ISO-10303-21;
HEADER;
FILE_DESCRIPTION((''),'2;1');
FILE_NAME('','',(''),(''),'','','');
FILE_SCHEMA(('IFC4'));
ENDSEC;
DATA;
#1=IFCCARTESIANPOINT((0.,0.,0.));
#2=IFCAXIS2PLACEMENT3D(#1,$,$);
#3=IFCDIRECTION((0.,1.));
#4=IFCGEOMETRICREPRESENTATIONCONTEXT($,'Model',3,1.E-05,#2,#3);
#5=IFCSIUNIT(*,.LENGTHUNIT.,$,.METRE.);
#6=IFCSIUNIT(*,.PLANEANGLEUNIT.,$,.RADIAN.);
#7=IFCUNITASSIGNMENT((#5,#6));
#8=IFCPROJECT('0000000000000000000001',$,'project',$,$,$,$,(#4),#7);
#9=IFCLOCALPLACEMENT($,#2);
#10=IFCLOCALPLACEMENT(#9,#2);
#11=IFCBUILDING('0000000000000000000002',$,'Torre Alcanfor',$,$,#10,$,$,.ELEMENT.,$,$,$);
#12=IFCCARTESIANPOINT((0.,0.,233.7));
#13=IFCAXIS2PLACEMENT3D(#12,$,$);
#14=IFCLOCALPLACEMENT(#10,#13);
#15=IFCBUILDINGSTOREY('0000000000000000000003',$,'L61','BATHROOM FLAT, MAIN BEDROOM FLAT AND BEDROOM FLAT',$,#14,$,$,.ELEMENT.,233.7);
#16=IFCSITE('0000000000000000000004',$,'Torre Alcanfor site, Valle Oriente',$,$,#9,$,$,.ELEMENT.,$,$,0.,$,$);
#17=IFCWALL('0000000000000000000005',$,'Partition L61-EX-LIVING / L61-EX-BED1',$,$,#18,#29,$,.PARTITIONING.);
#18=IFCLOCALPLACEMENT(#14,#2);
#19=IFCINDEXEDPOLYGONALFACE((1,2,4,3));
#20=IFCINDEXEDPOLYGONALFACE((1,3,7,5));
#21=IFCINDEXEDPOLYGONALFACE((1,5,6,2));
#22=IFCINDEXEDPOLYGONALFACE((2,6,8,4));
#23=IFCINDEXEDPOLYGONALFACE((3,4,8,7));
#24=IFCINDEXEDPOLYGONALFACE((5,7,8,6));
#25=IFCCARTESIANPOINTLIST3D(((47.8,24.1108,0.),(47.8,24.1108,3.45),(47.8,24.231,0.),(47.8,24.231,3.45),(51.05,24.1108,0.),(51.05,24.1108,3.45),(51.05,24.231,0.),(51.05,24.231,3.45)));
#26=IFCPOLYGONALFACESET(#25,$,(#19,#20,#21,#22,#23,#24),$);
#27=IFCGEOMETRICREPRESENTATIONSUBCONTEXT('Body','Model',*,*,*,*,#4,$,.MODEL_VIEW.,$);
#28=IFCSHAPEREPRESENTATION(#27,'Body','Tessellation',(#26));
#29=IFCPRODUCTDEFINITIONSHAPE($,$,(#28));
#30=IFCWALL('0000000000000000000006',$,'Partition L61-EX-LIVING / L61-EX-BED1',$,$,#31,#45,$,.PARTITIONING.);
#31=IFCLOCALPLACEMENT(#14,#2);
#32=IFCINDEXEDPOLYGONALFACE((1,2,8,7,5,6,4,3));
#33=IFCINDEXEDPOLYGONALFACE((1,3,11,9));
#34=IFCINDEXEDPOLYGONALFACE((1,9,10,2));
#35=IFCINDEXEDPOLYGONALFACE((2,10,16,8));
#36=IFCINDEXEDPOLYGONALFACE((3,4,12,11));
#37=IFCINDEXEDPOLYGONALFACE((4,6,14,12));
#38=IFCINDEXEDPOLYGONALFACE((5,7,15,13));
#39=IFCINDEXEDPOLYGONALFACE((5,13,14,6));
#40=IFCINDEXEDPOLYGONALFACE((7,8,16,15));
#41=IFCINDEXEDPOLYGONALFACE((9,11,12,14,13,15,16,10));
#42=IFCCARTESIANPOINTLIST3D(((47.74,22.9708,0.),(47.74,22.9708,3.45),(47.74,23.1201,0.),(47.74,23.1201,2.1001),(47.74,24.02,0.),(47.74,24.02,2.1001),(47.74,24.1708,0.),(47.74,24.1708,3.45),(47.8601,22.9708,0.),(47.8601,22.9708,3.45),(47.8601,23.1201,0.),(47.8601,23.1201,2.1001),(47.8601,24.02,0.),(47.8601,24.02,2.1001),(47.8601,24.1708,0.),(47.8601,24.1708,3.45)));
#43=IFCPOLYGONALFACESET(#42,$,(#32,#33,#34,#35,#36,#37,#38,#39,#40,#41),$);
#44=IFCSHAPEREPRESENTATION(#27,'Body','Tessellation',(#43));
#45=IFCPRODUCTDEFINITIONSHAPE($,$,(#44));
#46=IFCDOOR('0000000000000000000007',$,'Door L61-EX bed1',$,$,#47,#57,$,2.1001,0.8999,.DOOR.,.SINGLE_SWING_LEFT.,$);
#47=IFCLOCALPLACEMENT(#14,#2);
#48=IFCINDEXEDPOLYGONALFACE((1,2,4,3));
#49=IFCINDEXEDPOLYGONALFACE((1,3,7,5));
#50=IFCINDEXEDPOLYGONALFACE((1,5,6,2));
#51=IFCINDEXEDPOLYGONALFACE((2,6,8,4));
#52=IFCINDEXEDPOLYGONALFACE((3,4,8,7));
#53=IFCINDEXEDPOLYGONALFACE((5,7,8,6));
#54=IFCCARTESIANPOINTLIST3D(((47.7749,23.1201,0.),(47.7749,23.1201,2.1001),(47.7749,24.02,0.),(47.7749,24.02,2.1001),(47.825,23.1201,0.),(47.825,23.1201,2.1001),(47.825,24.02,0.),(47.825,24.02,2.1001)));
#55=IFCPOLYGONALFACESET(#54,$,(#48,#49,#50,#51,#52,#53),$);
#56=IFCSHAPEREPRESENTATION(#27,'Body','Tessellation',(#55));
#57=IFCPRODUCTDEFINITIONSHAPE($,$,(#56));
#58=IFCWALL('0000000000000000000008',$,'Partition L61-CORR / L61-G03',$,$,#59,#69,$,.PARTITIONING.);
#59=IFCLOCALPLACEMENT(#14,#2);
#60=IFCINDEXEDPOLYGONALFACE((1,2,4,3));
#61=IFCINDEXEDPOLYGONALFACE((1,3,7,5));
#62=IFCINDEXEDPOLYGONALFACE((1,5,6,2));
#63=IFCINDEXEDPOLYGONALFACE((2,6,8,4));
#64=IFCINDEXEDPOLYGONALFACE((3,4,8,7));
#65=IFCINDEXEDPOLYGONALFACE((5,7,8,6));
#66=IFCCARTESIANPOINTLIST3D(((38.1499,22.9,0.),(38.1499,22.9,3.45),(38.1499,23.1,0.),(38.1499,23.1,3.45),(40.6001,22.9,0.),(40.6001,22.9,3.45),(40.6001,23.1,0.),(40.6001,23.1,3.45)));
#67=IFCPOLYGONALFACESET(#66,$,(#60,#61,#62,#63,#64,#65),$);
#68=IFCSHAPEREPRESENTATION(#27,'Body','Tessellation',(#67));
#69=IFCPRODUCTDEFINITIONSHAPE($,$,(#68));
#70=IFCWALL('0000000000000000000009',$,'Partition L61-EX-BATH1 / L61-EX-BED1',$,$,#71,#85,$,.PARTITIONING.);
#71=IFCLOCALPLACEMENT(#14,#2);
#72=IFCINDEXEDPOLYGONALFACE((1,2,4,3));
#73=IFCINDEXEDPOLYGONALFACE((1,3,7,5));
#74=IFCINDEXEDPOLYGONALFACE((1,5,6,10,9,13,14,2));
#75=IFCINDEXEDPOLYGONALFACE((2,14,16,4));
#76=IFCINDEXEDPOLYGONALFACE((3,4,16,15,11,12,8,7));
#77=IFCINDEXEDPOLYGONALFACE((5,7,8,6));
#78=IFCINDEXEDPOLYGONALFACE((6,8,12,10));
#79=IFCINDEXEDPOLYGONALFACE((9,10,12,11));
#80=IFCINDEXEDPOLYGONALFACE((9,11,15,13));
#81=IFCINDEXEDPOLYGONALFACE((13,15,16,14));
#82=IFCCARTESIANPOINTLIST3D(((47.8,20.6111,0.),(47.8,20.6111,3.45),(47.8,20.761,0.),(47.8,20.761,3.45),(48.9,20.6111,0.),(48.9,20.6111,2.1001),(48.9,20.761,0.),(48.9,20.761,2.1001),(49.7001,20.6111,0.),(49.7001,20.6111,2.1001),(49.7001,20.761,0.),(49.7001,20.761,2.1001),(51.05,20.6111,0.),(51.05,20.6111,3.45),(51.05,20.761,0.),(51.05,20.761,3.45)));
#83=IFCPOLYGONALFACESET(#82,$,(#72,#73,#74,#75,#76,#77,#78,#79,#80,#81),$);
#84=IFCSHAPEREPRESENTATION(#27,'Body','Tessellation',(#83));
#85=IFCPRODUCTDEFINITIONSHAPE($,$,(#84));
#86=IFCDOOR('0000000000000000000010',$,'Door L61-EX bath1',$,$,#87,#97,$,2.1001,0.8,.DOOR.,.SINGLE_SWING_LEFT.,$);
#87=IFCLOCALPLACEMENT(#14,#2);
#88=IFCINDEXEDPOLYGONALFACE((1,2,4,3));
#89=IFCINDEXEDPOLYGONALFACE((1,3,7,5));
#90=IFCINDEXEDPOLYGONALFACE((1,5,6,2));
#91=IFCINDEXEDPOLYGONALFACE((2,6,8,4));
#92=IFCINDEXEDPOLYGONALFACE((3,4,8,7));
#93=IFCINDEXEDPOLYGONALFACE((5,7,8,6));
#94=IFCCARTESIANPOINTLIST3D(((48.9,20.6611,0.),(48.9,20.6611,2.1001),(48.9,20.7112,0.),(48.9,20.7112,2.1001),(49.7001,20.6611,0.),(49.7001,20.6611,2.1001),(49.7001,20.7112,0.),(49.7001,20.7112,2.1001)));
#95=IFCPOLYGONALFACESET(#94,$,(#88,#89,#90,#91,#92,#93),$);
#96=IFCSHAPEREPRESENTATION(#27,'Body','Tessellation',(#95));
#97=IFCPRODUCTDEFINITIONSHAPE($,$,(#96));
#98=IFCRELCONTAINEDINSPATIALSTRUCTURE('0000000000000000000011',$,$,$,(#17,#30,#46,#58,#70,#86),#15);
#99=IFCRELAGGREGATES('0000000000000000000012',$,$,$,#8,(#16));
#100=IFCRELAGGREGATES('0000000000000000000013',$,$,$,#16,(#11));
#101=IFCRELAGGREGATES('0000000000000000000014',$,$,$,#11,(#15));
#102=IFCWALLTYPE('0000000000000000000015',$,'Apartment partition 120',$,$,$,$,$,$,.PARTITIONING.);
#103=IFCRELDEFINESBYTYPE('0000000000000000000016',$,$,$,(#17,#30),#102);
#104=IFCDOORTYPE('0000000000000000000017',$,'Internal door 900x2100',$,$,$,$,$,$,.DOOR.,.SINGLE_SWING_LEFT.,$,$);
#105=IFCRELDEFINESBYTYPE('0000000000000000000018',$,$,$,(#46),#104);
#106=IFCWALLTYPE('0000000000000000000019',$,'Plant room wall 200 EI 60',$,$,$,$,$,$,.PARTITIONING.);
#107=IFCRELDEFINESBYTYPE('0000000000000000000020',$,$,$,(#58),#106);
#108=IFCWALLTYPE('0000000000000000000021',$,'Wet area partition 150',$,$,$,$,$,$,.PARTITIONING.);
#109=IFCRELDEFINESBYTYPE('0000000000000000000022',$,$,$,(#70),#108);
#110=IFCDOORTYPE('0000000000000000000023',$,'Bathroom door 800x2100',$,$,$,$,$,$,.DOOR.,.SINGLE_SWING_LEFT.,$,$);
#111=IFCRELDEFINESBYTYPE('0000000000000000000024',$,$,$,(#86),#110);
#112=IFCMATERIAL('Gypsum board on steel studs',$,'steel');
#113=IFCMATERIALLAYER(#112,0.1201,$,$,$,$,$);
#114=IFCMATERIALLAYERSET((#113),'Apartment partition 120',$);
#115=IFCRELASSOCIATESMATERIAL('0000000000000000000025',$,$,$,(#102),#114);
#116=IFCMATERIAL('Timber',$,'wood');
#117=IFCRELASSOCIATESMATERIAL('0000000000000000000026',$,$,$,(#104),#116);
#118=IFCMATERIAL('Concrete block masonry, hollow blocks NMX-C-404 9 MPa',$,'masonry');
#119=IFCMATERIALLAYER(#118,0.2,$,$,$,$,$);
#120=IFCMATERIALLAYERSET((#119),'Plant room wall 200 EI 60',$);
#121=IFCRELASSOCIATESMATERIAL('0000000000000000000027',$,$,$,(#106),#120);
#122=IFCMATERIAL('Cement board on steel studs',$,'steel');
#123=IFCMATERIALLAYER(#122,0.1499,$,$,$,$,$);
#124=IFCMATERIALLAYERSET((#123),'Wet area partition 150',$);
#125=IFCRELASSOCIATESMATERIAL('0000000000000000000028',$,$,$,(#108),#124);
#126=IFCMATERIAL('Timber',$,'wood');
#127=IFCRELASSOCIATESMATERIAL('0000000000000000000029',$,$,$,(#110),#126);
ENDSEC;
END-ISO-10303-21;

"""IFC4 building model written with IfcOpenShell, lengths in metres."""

from ifc_helpers import new_model, si_unit, direction, frame, frame_2d, origin, place, context, subcontext, project, spatial, rectangle, extrude, material, layer, layer_set, type_object, element, fill, save


model = new_model("IFC4")

# Units and contexts
model_context = context("Model", 3, precision=1e-05, world=origin(), true_north=direction((0.0, 1.0)))
body_context = subcontext(model_context, "Body", "Model", "MODEL_VIEW")
ifc_project = project(units=[si_unit("LENGTHUNIT", "METRE"), si_unit("PLANEANGLEUNIT", "RADIAN")], contexts=[model_context])

# Site, building, storey
site_placement = place(None, origin())
site = spatial("IfcSite", under=ifc_project, at=site_placement, Name="Torre Alcanfor site, Valle Oriente", CompositionType="ELEMENT", RefElevation=0.0)
building_placement = place(site_placement, origin())
building = spatial("IfcBuilding", under=site, at=building_placement, Name="Torre Alcanfor", CompositionType="ELEMENT")
storey_placement = place(building_placement, frame((0.0, 0.0, 233.7)))
storey = spatial("IfcBuildingStorey", under=building, at=storey_placement, Name="L61", Description="BATHROOM FLAT, MAIN BEDROOM FLAT AND BEDROOM FLAT", CompositionType="ELEMENT", Elevation=233.7)

# Shared definitions
ifc_material_1 = material(Name="Gypsum board on steel studs", Category="steel")
ifc_layer_1 = layer(ifc_material_1, 0.1201)
ifc_layer_set_1 = layer_set([ifc_layer_1], Name="Apartment partition 120")
wall_type_1 = type_object("IfcWallType", Name="Apartment partition 120", PredefinedType="PARTITIONING", material=ifc_layer_set_1)
ifc_material_2 = material(Name="Timber", Category="wood")
door_type_1 = type_object("IfcDoorType", Name="Internal door 900x2100", OperationType="SINGLE_SWING_LEFT", PredefinedType="DOOR", material=ifc_material_2)

# Wall
wall_1_placement = place(storey_placement, frame((51.05, 24.1709, 0.0), z_axis=(0.0, 0.0, 1.0), x_axis=(-1.0, 0.0, 0.0)))
element("IfcWall", 1, at=wall_1_placement, inside=storey, type_object=wall_type_1, Name="Partition L61-EX-LIVING / L61-EX-BED1", PredefinedType="PARTITIONING", context=body_context, shape_type="SweptSolid", body=[
    extrude(rectangle(XDim=3.25, YDim=0.1201, at=frame_2d((1.625, 0.0))), origin(), (0.0, 0.0, 1.0), 3.45),
])

# Wall, opening, door
wall_2_placement = place(storey_placement, frame((47.8, 24.1709, 0.0), z_axis=(0.0, 0.0, 1.0), x_axis=(0.0, -1.0, 0.0)))
wall_2 = element("IfcWall", 2, at=wall_2_placement, inside=storey, type_object=wall_type_1, Name="Partition L61-EX-LIVING / L61-EX-BED1", PredefinedType="PARTITIONING", context=body_context, shape_type="SweptSolid", body=[
    extrude(rectangle(XDim=1.2, YDim=0.1201, at=frame_2d((0.6001, 0.0))), origin(), (0.0, 0.0, 1.0), 3.45),
])
opening_1_placement = place(wall_2_placement, frame((0.1509, 0.0, 0.0)))
opening_1 = element("IfcOpeningElement", 3, at=opening_1_placement, cuts=wall_2, PredefinedType="OPENING", context=body_context, shape_type="SweptSolid", body=[
    extrude(rectangle(XDim=0.8999, YDim=2.1001, at=frame_2d((0.45, 1.05))), frame((0.0, 0.0701, 0.0), z_axis=(0.0, -1.0, 0.0), x_axis=(1.0, 0.0, 0.0)), (0.0, 0.0, 1.0), 0.1401),
])
door_1_placement = place(opening_1_placement, origin())
door_1 = element("IfcDoor", 4, at=door_1_placement, inside=storey, type_object=door_type_1, Name="Door L61-EX bed1", OperationType="SINGLE_SWING_LEFT", OverallHeight=2.1001, OverallWidth=0.8999, PredefinedType="DOOR", context=body_context, shape_type="SweptSolid", body=[
    extrude(rectangle(XDim=0.8999, YDim=2.1001, at=frame_2d((0.45, 1.05))), frame((0.0, 0.0249, 0.0), z_axis=(0.0, -1.0, 0.0), x_axis=(1.0, 0.0, 0.0)), (0.0, 0.0, 1.0), 0.05),
])
fill(opening_1, door_1)

# Wall
ifc_material_3 = material(Name="Concrete block masonry, hollow blocks NMX-C-404 9 MPa", Category="masonry")
ifc_layer_2 = layer(ifc_material_3, 0.2)
ifc_layer_set_2 = layer_set([ifc_layer_2], Name="Plant room wall 200 EI 60")
wall_type_2 = type_object("IfcWallType", Name="Plant room wall 200 EI 60", PredefinedType="PARTITIONING", material=ifc_layer_set_2)
wall_3_placement = place(storey_placement, frame((40.6001, 23.0, 0.0), z_axis=(0.0, 0.0, 1.0), x_axis=(-1.0, 0.0, 0.0)))
element("IfcWall", 5, at=wall_3_placement, inside=storey, type_object=wall_type_2, Name="Partition L61-CORR / L61-G03", PredefinedType="PARTITIONING", context=body_context, shape_type="SweptSolid", body=[
    extrude(rectangle(XDim=2.4502, YDim=0.2, at=frame_2d((1.2251, 0.0))), origin(), (0.0, 0.0, 1.0), 3.45),
])

# Wall, opening, door
ifc_material_4 = material(Name="Cement board on steel studs", Category="steel")
ifc_layer_3 = layer(ifc_material_4, 0.1499)
ifc_layer_set_3 = layer_set([ifc_layer_3], Name="Wet area partition 150")
wall_type_3 = type_object("IfcWallType", Name="Wet area partition 150", PredefinedType="PARTITIONING", material=ifc_layer_set_3)
wall_4_placement = place(storey_placement, frame((51.05, 20.686, 0.0), z_axis=(0.0, 0.0, 1.0), x_axis=(-1.0, 0.0, 0.0)))
wall_4 = element("IfcWall", 6, at=wall_4_placement, inside=storey, type_object=wall_type_3, Name="Partition L61-EX-BATH1 / L61-EX-BED1", PredefinedType="PARTITIONING", context=body_context, shape_type="SweptSolid", body=[
    extrude(rectangle(XDim=3.25, YDim=0.1499, at=frame_2d((1.625, 0.0))), origin(), (0.0, 0.0, 1.0), 3.45),
])
opening_2_placement = place(wall_4_placement, frame((1.3501, 0.0, 0.0)))
opening_2 = element("IfcOpeningElement", 7, at=opening_2_placement, cuts=wall_4, PredefinedType="OPENING", context=body_context, shape_type="SweptSolid", body=[
    extrude(rectangle(XDim=0.8, YDim=2.1001, at=frame_2d((0.3999, 1.05))), frame((0.0, 0.085, 0.0), z_axis=(0.0, -1.0, 0.0), x_axis=(1.0, 0.0, 0.0)), (0.0, 0.0, 1.0), 0.1699),
])
ifc_material_5 = material(Name="Timber", Category="wood")
door_type_2 = type_object("IfcDoorType", Name="Bathroom door 800x2100", OperationType="SINGLE_SWING_LEFT", PredefinedType="DOOR", material=ifc_material_5)
door_2_placement = place(opening_2_placement, frame((0.8, 0.0, 0.0), z_axis=(0.0, 0.0, 1.0), x_axis=(-1.0, 0.0, 0.0)))
door_2 = element("IfcDoor", 8, at=door_2_placement, inside=storey, type_object=door_type_2, Name="Door L61-EX bath1", OperationType="SINGLE_SWING_LEFT", OverallHeight=2.1001, OverallWidth=0.8, PredefinedType="DOOR", context=body_context, shape_type="SweptSolid", body=[
    extrude(rectangle(XDim=0.8, YDim=2.1001, at=frame_2d((0.4001, 1.05))), frame((0.0, 0.0251, 0.0), z_axis=(0.0, -1.0, 0.0), x_axis=(1.0, 0.0, 0.0)), (0.0, 0.0, 1.0), 0.05),
])
fill(opening_2, door_2)

save(model, "model.ifc")
